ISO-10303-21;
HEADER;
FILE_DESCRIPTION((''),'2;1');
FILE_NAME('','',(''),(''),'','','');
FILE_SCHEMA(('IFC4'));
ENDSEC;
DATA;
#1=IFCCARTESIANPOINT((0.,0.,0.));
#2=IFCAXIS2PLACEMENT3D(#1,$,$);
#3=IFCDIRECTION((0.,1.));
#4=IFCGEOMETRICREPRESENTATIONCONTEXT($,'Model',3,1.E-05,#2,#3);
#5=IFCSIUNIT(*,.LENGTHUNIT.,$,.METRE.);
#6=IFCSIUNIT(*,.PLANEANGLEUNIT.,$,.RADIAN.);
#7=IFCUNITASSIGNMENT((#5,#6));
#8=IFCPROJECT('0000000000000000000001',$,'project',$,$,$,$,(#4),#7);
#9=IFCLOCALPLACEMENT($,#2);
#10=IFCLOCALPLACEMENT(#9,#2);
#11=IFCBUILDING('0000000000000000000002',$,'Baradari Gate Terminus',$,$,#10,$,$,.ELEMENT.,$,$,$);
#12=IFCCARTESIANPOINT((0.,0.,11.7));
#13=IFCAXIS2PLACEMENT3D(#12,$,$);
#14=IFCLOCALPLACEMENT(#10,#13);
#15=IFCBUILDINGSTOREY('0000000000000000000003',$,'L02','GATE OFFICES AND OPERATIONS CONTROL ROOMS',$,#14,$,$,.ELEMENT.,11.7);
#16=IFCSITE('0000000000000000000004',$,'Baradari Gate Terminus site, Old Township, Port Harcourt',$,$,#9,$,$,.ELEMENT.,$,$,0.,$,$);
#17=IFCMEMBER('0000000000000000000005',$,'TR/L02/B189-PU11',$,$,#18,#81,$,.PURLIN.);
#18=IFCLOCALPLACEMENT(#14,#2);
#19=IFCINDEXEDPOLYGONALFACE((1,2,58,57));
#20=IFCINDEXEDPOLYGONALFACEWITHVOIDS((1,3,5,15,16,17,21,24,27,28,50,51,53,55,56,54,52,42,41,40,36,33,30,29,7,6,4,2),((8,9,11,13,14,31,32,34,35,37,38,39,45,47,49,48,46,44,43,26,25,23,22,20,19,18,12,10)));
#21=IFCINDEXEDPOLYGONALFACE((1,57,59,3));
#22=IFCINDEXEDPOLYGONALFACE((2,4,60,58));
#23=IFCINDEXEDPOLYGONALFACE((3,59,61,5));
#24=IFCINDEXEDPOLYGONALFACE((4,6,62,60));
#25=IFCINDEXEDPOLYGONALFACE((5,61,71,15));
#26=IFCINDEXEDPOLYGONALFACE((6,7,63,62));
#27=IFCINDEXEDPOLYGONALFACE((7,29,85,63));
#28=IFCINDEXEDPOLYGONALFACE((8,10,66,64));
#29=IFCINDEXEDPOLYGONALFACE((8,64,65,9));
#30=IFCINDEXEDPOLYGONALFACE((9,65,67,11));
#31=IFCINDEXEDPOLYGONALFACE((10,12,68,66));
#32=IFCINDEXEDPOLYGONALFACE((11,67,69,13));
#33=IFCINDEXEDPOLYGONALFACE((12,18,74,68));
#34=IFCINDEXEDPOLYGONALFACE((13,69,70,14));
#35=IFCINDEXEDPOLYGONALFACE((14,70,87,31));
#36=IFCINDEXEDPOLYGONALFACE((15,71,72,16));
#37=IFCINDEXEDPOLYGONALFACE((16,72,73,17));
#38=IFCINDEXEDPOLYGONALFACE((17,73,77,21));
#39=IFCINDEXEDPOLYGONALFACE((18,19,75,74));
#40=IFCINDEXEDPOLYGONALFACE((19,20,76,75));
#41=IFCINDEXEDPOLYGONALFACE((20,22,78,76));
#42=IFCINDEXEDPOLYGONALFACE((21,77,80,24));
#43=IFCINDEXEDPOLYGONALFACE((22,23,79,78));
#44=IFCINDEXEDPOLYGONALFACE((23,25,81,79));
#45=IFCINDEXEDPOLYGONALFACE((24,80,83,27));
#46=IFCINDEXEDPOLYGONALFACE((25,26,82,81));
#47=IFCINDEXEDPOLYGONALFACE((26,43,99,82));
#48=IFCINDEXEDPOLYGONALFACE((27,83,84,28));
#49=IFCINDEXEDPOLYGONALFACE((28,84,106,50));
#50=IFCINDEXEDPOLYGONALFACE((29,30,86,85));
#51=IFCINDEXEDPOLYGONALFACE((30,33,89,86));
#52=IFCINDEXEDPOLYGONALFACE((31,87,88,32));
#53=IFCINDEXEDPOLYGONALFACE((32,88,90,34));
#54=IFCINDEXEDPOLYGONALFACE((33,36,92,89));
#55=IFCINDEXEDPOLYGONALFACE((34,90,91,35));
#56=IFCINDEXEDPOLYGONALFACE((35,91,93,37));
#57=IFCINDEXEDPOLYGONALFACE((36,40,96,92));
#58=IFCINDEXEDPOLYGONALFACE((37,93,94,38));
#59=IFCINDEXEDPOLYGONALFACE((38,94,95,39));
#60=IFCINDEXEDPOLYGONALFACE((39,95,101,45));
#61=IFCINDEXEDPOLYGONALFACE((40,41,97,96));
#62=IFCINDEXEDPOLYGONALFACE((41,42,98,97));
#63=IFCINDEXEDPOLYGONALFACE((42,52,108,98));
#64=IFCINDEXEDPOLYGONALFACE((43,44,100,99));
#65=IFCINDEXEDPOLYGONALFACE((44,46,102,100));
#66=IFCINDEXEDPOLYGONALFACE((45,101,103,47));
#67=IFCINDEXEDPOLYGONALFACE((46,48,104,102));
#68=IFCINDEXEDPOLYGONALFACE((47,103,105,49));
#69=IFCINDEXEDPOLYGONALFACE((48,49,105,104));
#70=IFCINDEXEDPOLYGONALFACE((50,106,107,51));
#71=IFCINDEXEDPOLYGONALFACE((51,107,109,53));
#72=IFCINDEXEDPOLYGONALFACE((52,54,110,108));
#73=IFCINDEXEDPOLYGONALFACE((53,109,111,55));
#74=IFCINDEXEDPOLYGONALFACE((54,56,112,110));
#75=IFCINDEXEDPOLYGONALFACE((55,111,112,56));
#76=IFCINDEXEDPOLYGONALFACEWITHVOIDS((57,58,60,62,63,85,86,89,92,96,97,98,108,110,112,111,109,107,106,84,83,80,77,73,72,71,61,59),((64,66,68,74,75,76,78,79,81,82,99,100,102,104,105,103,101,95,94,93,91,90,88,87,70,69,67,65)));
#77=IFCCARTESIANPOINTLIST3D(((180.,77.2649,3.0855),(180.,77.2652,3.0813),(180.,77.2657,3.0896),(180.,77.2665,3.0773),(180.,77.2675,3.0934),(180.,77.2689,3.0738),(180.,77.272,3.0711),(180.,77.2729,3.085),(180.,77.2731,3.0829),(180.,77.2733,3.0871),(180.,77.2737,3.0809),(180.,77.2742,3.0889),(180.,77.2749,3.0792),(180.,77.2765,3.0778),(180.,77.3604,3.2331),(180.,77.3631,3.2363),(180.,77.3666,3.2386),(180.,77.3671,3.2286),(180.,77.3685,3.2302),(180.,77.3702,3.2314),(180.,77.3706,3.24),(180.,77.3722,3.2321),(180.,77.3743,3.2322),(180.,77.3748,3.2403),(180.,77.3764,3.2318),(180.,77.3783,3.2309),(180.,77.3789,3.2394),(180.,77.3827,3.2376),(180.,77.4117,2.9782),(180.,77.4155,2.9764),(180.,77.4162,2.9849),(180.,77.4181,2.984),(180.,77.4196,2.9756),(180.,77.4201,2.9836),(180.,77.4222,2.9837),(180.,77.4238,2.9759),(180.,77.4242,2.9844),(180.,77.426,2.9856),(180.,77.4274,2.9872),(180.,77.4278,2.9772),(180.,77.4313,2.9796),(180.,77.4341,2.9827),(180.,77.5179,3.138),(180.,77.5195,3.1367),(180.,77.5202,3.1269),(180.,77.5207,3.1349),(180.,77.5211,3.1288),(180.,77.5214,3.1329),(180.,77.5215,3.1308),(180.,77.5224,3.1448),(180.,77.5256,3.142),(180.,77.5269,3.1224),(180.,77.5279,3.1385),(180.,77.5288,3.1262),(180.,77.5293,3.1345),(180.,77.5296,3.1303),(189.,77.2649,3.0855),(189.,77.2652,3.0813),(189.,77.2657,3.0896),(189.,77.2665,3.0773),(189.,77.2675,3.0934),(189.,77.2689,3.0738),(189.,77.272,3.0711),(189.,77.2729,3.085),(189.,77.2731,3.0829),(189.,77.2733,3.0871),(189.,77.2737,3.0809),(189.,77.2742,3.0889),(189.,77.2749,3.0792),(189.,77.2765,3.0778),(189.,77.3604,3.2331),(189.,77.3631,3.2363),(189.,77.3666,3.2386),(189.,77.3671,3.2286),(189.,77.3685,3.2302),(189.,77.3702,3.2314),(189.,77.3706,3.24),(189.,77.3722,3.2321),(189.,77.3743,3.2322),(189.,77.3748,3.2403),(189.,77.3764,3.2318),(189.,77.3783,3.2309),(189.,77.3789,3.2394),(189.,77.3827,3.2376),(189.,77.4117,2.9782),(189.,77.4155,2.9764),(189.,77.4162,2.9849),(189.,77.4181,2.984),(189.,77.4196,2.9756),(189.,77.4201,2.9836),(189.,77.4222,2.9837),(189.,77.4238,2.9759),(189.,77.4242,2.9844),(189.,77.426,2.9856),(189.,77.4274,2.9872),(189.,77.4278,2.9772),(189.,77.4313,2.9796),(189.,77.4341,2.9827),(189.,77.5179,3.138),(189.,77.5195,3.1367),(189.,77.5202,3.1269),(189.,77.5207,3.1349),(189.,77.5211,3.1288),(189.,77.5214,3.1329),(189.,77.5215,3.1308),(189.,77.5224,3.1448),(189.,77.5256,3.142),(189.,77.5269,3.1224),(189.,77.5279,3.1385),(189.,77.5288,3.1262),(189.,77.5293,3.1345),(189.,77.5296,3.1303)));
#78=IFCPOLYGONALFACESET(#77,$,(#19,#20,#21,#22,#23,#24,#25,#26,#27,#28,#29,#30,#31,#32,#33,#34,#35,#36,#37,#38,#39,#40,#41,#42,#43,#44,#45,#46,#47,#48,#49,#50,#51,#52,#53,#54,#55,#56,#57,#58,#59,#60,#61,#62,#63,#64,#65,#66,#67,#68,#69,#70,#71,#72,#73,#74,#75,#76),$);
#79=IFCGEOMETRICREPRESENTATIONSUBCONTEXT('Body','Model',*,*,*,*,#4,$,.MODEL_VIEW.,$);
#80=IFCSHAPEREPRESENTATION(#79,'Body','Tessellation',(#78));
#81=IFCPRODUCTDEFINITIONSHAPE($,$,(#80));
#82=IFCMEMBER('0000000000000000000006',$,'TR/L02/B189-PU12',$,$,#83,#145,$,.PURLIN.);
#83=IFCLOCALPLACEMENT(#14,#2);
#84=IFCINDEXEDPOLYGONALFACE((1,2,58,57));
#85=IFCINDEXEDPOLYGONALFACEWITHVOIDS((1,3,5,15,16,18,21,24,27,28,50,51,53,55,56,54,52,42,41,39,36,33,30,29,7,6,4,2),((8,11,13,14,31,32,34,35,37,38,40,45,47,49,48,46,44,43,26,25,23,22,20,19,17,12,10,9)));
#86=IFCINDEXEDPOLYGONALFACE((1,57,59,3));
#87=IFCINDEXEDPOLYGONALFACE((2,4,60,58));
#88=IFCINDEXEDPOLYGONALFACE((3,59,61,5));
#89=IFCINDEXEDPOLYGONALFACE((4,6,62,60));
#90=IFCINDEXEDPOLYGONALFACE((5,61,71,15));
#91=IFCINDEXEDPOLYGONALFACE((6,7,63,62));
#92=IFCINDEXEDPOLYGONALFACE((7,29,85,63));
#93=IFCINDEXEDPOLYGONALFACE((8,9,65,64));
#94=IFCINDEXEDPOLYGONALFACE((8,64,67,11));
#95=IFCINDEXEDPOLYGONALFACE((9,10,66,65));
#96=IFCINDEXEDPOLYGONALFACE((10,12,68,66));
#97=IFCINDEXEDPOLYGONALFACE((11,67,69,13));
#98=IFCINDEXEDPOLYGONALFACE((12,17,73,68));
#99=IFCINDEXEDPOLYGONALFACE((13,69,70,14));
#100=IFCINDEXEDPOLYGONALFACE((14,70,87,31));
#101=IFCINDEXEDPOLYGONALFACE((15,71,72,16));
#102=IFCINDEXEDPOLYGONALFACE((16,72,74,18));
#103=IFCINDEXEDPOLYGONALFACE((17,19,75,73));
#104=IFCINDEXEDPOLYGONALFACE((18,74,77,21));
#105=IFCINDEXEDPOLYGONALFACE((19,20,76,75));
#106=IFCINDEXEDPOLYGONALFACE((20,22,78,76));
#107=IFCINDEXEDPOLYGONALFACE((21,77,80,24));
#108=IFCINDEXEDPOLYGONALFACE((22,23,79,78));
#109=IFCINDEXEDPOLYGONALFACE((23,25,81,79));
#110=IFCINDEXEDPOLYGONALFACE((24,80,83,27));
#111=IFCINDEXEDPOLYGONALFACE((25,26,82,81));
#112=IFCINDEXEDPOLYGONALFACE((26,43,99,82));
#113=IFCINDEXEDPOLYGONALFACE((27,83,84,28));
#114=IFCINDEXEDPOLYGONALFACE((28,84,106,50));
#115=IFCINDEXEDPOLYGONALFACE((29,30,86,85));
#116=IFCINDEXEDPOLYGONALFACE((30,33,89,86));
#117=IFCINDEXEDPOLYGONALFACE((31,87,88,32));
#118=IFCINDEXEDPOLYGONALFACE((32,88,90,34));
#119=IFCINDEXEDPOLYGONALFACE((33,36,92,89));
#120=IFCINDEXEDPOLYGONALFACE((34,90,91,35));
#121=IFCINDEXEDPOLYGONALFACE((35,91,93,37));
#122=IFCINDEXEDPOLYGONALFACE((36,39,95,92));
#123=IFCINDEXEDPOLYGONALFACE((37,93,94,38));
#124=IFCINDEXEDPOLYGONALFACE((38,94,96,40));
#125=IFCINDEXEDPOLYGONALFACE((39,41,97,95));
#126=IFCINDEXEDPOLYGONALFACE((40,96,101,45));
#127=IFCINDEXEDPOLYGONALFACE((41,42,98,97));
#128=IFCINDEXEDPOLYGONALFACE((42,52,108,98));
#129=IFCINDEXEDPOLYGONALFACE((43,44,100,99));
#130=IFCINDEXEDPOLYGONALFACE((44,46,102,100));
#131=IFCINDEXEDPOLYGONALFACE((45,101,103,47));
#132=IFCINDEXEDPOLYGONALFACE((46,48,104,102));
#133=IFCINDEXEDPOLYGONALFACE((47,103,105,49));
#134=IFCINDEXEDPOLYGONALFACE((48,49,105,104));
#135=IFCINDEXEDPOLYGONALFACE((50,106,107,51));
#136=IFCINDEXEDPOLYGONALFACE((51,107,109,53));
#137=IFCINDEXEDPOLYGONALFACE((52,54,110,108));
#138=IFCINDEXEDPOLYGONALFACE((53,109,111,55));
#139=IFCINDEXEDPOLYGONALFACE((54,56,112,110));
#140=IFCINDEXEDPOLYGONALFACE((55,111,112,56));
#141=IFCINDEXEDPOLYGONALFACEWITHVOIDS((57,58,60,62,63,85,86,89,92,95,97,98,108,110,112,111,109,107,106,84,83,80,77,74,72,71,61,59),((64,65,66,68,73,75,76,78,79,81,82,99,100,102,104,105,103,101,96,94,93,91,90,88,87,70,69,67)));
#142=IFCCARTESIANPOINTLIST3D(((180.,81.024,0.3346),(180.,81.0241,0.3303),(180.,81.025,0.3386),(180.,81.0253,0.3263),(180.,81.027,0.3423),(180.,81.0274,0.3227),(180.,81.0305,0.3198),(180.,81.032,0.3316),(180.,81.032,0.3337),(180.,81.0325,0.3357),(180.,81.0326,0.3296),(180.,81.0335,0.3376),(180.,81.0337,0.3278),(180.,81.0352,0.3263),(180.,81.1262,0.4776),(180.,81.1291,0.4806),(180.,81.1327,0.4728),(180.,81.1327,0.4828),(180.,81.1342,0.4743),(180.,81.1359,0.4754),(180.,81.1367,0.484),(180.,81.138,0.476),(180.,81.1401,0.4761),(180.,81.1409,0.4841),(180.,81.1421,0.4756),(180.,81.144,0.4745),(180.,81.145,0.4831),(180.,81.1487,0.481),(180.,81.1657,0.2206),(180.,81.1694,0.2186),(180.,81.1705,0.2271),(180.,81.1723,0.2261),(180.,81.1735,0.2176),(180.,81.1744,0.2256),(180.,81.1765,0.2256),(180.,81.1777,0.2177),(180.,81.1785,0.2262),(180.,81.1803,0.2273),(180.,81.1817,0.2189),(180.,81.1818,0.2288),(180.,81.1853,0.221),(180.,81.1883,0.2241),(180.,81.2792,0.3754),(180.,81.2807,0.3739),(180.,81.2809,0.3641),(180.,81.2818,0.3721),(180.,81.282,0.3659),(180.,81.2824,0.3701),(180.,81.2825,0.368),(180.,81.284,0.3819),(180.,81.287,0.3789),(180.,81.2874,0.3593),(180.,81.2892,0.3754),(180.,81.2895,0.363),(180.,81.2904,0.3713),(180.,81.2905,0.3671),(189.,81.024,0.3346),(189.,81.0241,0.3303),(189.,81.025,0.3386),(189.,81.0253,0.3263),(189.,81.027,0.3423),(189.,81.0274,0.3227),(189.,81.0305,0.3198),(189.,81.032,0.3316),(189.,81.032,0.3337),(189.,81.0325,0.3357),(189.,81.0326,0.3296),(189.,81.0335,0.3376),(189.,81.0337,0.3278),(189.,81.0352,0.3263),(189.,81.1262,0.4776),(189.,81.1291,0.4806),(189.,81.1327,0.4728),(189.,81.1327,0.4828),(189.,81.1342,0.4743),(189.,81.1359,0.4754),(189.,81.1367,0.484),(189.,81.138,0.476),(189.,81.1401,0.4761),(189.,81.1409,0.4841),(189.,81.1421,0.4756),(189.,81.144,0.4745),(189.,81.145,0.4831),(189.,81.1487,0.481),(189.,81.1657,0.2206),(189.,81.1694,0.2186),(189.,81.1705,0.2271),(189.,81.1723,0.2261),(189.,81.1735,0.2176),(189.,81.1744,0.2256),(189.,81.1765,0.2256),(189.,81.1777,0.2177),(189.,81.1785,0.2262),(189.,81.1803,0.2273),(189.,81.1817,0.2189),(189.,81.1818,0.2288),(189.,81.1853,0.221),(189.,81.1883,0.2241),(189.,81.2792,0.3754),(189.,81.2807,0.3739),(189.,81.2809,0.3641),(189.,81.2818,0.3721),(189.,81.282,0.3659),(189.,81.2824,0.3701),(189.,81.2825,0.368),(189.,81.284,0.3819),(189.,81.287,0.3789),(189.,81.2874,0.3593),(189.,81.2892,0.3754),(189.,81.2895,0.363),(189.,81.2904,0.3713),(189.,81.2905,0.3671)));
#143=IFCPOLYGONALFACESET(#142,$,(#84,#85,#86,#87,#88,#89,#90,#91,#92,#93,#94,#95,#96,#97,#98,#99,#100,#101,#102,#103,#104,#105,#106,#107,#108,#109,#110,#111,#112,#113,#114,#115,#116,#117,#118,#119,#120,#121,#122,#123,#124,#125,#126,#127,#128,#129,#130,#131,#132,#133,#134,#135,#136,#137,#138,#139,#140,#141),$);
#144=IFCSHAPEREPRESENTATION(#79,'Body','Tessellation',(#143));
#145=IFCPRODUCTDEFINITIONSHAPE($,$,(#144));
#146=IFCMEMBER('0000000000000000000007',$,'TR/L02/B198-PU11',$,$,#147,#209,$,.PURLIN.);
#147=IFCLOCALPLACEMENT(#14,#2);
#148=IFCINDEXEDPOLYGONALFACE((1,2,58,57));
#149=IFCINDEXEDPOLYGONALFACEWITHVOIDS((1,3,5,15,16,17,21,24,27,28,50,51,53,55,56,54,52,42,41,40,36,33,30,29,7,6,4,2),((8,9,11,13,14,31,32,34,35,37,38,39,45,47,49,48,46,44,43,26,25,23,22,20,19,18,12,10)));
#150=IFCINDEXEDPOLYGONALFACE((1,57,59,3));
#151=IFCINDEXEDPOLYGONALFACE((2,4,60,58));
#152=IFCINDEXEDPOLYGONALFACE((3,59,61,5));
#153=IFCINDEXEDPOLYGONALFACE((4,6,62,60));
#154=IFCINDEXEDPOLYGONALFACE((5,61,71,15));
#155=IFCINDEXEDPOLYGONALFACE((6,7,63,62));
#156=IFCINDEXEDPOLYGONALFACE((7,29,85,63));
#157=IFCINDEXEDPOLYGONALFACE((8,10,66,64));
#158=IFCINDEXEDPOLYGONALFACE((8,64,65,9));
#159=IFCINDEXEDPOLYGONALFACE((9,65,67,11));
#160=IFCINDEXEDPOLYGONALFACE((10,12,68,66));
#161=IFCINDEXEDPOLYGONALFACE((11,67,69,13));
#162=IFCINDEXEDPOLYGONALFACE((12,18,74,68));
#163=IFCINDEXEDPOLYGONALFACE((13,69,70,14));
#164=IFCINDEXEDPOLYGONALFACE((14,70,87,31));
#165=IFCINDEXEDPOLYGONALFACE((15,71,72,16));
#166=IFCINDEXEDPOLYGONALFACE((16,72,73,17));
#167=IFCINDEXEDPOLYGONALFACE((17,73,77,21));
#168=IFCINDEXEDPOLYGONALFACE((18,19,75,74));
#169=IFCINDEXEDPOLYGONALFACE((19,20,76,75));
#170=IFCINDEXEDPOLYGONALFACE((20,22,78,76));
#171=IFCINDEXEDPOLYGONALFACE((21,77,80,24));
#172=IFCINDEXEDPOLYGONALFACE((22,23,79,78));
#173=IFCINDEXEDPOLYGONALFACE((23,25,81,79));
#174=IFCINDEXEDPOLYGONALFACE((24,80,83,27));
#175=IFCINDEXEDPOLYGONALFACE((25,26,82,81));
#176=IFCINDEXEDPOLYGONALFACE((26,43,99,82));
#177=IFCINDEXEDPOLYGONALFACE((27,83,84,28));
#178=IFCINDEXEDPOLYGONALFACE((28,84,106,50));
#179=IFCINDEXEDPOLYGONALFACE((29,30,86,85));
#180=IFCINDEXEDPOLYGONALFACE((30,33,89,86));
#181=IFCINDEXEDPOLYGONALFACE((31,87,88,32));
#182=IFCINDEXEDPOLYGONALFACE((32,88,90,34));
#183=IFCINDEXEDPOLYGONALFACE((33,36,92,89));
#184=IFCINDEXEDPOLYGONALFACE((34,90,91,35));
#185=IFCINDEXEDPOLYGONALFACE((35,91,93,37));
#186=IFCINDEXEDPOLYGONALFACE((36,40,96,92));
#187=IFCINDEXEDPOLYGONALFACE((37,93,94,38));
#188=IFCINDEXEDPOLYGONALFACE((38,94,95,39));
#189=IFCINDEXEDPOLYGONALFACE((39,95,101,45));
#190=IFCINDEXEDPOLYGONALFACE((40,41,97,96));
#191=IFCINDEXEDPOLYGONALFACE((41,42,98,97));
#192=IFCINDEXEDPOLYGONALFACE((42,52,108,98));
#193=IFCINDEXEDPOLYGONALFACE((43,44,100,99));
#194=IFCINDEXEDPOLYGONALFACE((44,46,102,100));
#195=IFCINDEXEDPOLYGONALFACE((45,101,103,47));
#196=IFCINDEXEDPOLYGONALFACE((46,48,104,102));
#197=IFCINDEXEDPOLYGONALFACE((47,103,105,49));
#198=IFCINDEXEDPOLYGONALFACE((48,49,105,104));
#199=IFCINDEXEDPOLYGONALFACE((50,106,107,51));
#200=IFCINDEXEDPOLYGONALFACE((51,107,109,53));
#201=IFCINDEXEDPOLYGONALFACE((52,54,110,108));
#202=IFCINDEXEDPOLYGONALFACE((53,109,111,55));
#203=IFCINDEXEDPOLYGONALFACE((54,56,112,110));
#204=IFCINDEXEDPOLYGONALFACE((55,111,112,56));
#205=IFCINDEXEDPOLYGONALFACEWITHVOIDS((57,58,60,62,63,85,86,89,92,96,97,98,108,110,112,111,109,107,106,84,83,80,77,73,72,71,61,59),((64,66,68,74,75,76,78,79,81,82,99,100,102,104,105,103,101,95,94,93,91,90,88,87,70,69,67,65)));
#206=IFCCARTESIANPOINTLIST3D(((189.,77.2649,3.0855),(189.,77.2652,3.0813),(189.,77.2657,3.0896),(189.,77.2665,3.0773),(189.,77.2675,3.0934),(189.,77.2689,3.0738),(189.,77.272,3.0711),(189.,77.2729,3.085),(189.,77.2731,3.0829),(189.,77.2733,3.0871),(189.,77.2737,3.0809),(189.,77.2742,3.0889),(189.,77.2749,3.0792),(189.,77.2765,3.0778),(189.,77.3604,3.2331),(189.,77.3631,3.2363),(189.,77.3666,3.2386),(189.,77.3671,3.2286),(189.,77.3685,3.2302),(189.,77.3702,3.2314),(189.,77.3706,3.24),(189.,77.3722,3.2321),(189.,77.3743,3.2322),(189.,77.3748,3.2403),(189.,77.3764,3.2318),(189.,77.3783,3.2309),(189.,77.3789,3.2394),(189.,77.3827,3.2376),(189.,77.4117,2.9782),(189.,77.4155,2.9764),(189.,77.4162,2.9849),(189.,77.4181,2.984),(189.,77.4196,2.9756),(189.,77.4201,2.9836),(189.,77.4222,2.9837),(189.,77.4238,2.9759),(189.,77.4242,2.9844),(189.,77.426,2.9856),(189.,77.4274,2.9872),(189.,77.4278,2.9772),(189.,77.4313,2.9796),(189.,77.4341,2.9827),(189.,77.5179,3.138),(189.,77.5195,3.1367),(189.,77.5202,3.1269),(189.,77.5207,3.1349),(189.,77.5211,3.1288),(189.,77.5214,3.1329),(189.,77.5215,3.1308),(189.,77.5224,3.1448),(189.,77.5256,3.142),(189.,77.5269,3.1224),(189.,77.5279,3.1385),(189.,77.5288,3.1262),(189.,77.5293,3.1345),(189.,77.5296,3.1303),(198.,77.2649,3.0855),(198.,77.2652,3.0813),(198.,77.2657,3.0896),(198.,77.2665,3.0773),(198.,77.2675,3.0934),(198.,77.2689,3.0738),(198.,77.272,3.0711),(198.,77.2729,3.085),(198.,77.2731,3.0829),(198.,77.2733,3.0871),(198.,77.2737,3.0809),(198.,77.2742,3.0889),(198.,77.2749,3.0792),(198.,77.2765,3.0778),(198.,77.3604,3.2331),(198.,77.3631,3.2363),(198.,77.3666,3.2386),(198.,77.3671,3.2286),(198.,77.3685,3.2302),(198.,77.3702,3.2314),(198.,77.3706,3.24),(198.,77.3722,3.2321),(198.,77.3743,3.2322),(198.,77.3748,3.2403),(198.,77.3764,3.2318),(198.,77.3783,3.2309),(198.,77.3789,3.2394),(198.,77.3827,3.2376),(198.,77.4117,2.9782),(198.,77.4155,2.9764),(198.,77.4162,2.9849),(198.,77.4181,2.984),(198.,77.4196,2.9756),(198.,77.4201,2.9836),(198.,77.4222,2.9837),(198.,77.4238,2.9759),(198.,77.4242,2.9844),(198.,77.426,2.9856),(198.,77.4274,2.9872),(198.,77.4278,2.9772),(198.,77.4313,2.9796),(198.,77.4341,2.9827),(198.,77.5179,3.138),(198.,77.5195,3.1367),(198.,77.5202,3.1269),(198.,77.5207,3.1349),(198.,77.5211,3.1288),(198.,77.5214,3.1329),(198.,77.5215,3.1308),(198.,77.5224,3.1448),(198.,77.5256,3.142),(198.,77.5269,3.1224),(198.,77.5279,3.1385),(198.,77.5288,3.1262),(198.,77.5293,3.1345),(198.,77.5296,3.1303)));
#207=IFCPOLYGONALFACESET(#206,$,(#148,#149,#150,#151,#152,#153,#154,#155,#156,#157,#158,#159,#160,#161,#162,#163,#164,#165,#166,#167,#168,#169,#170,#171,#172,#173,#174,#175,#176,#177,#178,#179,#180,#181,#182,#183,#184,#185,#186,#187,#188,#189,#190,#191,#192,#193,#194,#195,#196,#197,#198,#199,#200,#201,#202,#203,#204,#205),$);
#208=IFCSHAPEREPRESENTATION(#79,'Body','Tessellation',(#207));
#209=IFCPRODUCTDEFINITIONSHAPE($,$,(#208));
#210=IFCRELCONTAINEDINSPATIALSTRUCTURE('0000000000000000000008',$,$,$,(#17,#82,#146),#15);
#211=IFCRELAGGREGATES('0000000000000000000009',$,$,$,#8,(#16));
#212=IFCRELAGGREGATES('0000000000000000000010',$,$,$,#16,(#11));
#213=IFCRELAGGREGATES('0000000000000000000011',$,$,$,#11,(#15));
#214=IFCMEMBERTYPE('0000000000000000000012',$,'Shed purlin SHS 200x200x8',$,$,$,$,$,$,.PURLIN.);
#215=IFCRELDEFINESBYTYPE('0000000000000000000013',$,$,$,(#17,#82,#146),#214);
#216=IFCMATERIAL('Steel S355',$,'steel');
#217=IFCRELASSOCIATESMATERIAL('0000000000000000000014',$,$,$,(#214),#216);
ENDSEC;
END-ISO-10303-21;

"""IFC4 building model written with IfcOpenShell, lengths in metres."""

from ifc_helpers import new_model, si_unit, direction, frame, origin, origin_2d, place, context, subcontext, project, spatial, hollow_rectangle, extrude, material, material_profile, profile_set, type_object, element, save


model = new_model("IFC4")

# Units and contexts
model_context = context("Model", 3, precision=1e-05, world=origin(), true_north=direction((0.0, 1.0)))
body_context = subcontext(model_context, "Body", "Model", "MODEL_VIEW")
ifc_project = project(units=[si_unit("LENGTHUNIT", "METRE"), si_unit("PLANEANGLEUNIT", "RADIAN")], contexts=[model_context])

# Site, building, storey
site_placement = place(None, origin())
site = spatial("IfcSite", under=ifc_project, at=site_placement, Name="Baradari Gate Terminus site, Old Township, Port Harcourt", CompositionType="ELEMENT", RefElevation=0.0)
building_placement = place(site_placement, origin())
building = spatial("IfcBuilding", under=site, at=building_placement, Name="Baradari Gate Terminus", CompositionType="ELEMENT")
storey_placement = place(building_placement, frame((0.0, 0.0, 11.7)))
storey = spatial("IfcBuildingStorey", under=building, at=storey_placement, Name="L02", Description="GATE OFFICES AND OPERATIONS CONTROL ROOMS", CompositionType="ELEMENT", Elevation=11.7)

# Members
ifc_material_1 = material(Name="Steel S355", Category="steel")
ifc_material_profile_1 = material_profile(ifc_material_1, hollow_rectangle(XDim=0.2, YDim=0.2, WallThickness=0.0081, InnerFilletRadius=0.0081, OuterFilletRadius=0.0161, at=origin_2d()), Name="SHS 200x200x8")
ifc_profile_set_1 = profile_set([ifc_material_profile_1], Name="Steel S355")
member_type_1 = type_object("IfcMemberType", Name="Shed purlin SHS 200x200x8", PredefinedType="PURLIN", material=ifc_profile_set_1)
for number, where, z_axis, x_axis, name in (
    (1, (180.0, 77.3972, 3.1079), (1.0, 0.0, 0.0), (0.0, 0.832836, -0.553519), "TR/L02/B189-PU11"),
    (2, (180.0, 81.1572, 0.3508), (1.0, 0.0, 0.0), (0.0, 0.806405, -0.591364), "TR/L02/B189-PU12"),
    (3, (189.0, 77.3972, 3.1079), (1.0, 0.0, 0.0), (0.0, 0.832836, -0.553519), "TR/L02/B198-PU11"),
):
    element("IfcMember", number, at=place(storey_placement, frame(where, z_axis=z_axis, x_axis=x_axis)), inside=storey, type_object=member_type_1, Name=name, PredefinedType="PURLIN", context=body_context, shape_type="SweptSolid", body=[
        extrude(hollow_rectangle(XDim=0.2, YDim=0.2, WallThickness=0.0081, InnerFilletRadius=0.0081, OuterFilletRadius=0.0161, at=origin_2d()), origin(), (0.0, 0.0, 1.0), 9.0),
    ])

save(model, "model.ifc")
